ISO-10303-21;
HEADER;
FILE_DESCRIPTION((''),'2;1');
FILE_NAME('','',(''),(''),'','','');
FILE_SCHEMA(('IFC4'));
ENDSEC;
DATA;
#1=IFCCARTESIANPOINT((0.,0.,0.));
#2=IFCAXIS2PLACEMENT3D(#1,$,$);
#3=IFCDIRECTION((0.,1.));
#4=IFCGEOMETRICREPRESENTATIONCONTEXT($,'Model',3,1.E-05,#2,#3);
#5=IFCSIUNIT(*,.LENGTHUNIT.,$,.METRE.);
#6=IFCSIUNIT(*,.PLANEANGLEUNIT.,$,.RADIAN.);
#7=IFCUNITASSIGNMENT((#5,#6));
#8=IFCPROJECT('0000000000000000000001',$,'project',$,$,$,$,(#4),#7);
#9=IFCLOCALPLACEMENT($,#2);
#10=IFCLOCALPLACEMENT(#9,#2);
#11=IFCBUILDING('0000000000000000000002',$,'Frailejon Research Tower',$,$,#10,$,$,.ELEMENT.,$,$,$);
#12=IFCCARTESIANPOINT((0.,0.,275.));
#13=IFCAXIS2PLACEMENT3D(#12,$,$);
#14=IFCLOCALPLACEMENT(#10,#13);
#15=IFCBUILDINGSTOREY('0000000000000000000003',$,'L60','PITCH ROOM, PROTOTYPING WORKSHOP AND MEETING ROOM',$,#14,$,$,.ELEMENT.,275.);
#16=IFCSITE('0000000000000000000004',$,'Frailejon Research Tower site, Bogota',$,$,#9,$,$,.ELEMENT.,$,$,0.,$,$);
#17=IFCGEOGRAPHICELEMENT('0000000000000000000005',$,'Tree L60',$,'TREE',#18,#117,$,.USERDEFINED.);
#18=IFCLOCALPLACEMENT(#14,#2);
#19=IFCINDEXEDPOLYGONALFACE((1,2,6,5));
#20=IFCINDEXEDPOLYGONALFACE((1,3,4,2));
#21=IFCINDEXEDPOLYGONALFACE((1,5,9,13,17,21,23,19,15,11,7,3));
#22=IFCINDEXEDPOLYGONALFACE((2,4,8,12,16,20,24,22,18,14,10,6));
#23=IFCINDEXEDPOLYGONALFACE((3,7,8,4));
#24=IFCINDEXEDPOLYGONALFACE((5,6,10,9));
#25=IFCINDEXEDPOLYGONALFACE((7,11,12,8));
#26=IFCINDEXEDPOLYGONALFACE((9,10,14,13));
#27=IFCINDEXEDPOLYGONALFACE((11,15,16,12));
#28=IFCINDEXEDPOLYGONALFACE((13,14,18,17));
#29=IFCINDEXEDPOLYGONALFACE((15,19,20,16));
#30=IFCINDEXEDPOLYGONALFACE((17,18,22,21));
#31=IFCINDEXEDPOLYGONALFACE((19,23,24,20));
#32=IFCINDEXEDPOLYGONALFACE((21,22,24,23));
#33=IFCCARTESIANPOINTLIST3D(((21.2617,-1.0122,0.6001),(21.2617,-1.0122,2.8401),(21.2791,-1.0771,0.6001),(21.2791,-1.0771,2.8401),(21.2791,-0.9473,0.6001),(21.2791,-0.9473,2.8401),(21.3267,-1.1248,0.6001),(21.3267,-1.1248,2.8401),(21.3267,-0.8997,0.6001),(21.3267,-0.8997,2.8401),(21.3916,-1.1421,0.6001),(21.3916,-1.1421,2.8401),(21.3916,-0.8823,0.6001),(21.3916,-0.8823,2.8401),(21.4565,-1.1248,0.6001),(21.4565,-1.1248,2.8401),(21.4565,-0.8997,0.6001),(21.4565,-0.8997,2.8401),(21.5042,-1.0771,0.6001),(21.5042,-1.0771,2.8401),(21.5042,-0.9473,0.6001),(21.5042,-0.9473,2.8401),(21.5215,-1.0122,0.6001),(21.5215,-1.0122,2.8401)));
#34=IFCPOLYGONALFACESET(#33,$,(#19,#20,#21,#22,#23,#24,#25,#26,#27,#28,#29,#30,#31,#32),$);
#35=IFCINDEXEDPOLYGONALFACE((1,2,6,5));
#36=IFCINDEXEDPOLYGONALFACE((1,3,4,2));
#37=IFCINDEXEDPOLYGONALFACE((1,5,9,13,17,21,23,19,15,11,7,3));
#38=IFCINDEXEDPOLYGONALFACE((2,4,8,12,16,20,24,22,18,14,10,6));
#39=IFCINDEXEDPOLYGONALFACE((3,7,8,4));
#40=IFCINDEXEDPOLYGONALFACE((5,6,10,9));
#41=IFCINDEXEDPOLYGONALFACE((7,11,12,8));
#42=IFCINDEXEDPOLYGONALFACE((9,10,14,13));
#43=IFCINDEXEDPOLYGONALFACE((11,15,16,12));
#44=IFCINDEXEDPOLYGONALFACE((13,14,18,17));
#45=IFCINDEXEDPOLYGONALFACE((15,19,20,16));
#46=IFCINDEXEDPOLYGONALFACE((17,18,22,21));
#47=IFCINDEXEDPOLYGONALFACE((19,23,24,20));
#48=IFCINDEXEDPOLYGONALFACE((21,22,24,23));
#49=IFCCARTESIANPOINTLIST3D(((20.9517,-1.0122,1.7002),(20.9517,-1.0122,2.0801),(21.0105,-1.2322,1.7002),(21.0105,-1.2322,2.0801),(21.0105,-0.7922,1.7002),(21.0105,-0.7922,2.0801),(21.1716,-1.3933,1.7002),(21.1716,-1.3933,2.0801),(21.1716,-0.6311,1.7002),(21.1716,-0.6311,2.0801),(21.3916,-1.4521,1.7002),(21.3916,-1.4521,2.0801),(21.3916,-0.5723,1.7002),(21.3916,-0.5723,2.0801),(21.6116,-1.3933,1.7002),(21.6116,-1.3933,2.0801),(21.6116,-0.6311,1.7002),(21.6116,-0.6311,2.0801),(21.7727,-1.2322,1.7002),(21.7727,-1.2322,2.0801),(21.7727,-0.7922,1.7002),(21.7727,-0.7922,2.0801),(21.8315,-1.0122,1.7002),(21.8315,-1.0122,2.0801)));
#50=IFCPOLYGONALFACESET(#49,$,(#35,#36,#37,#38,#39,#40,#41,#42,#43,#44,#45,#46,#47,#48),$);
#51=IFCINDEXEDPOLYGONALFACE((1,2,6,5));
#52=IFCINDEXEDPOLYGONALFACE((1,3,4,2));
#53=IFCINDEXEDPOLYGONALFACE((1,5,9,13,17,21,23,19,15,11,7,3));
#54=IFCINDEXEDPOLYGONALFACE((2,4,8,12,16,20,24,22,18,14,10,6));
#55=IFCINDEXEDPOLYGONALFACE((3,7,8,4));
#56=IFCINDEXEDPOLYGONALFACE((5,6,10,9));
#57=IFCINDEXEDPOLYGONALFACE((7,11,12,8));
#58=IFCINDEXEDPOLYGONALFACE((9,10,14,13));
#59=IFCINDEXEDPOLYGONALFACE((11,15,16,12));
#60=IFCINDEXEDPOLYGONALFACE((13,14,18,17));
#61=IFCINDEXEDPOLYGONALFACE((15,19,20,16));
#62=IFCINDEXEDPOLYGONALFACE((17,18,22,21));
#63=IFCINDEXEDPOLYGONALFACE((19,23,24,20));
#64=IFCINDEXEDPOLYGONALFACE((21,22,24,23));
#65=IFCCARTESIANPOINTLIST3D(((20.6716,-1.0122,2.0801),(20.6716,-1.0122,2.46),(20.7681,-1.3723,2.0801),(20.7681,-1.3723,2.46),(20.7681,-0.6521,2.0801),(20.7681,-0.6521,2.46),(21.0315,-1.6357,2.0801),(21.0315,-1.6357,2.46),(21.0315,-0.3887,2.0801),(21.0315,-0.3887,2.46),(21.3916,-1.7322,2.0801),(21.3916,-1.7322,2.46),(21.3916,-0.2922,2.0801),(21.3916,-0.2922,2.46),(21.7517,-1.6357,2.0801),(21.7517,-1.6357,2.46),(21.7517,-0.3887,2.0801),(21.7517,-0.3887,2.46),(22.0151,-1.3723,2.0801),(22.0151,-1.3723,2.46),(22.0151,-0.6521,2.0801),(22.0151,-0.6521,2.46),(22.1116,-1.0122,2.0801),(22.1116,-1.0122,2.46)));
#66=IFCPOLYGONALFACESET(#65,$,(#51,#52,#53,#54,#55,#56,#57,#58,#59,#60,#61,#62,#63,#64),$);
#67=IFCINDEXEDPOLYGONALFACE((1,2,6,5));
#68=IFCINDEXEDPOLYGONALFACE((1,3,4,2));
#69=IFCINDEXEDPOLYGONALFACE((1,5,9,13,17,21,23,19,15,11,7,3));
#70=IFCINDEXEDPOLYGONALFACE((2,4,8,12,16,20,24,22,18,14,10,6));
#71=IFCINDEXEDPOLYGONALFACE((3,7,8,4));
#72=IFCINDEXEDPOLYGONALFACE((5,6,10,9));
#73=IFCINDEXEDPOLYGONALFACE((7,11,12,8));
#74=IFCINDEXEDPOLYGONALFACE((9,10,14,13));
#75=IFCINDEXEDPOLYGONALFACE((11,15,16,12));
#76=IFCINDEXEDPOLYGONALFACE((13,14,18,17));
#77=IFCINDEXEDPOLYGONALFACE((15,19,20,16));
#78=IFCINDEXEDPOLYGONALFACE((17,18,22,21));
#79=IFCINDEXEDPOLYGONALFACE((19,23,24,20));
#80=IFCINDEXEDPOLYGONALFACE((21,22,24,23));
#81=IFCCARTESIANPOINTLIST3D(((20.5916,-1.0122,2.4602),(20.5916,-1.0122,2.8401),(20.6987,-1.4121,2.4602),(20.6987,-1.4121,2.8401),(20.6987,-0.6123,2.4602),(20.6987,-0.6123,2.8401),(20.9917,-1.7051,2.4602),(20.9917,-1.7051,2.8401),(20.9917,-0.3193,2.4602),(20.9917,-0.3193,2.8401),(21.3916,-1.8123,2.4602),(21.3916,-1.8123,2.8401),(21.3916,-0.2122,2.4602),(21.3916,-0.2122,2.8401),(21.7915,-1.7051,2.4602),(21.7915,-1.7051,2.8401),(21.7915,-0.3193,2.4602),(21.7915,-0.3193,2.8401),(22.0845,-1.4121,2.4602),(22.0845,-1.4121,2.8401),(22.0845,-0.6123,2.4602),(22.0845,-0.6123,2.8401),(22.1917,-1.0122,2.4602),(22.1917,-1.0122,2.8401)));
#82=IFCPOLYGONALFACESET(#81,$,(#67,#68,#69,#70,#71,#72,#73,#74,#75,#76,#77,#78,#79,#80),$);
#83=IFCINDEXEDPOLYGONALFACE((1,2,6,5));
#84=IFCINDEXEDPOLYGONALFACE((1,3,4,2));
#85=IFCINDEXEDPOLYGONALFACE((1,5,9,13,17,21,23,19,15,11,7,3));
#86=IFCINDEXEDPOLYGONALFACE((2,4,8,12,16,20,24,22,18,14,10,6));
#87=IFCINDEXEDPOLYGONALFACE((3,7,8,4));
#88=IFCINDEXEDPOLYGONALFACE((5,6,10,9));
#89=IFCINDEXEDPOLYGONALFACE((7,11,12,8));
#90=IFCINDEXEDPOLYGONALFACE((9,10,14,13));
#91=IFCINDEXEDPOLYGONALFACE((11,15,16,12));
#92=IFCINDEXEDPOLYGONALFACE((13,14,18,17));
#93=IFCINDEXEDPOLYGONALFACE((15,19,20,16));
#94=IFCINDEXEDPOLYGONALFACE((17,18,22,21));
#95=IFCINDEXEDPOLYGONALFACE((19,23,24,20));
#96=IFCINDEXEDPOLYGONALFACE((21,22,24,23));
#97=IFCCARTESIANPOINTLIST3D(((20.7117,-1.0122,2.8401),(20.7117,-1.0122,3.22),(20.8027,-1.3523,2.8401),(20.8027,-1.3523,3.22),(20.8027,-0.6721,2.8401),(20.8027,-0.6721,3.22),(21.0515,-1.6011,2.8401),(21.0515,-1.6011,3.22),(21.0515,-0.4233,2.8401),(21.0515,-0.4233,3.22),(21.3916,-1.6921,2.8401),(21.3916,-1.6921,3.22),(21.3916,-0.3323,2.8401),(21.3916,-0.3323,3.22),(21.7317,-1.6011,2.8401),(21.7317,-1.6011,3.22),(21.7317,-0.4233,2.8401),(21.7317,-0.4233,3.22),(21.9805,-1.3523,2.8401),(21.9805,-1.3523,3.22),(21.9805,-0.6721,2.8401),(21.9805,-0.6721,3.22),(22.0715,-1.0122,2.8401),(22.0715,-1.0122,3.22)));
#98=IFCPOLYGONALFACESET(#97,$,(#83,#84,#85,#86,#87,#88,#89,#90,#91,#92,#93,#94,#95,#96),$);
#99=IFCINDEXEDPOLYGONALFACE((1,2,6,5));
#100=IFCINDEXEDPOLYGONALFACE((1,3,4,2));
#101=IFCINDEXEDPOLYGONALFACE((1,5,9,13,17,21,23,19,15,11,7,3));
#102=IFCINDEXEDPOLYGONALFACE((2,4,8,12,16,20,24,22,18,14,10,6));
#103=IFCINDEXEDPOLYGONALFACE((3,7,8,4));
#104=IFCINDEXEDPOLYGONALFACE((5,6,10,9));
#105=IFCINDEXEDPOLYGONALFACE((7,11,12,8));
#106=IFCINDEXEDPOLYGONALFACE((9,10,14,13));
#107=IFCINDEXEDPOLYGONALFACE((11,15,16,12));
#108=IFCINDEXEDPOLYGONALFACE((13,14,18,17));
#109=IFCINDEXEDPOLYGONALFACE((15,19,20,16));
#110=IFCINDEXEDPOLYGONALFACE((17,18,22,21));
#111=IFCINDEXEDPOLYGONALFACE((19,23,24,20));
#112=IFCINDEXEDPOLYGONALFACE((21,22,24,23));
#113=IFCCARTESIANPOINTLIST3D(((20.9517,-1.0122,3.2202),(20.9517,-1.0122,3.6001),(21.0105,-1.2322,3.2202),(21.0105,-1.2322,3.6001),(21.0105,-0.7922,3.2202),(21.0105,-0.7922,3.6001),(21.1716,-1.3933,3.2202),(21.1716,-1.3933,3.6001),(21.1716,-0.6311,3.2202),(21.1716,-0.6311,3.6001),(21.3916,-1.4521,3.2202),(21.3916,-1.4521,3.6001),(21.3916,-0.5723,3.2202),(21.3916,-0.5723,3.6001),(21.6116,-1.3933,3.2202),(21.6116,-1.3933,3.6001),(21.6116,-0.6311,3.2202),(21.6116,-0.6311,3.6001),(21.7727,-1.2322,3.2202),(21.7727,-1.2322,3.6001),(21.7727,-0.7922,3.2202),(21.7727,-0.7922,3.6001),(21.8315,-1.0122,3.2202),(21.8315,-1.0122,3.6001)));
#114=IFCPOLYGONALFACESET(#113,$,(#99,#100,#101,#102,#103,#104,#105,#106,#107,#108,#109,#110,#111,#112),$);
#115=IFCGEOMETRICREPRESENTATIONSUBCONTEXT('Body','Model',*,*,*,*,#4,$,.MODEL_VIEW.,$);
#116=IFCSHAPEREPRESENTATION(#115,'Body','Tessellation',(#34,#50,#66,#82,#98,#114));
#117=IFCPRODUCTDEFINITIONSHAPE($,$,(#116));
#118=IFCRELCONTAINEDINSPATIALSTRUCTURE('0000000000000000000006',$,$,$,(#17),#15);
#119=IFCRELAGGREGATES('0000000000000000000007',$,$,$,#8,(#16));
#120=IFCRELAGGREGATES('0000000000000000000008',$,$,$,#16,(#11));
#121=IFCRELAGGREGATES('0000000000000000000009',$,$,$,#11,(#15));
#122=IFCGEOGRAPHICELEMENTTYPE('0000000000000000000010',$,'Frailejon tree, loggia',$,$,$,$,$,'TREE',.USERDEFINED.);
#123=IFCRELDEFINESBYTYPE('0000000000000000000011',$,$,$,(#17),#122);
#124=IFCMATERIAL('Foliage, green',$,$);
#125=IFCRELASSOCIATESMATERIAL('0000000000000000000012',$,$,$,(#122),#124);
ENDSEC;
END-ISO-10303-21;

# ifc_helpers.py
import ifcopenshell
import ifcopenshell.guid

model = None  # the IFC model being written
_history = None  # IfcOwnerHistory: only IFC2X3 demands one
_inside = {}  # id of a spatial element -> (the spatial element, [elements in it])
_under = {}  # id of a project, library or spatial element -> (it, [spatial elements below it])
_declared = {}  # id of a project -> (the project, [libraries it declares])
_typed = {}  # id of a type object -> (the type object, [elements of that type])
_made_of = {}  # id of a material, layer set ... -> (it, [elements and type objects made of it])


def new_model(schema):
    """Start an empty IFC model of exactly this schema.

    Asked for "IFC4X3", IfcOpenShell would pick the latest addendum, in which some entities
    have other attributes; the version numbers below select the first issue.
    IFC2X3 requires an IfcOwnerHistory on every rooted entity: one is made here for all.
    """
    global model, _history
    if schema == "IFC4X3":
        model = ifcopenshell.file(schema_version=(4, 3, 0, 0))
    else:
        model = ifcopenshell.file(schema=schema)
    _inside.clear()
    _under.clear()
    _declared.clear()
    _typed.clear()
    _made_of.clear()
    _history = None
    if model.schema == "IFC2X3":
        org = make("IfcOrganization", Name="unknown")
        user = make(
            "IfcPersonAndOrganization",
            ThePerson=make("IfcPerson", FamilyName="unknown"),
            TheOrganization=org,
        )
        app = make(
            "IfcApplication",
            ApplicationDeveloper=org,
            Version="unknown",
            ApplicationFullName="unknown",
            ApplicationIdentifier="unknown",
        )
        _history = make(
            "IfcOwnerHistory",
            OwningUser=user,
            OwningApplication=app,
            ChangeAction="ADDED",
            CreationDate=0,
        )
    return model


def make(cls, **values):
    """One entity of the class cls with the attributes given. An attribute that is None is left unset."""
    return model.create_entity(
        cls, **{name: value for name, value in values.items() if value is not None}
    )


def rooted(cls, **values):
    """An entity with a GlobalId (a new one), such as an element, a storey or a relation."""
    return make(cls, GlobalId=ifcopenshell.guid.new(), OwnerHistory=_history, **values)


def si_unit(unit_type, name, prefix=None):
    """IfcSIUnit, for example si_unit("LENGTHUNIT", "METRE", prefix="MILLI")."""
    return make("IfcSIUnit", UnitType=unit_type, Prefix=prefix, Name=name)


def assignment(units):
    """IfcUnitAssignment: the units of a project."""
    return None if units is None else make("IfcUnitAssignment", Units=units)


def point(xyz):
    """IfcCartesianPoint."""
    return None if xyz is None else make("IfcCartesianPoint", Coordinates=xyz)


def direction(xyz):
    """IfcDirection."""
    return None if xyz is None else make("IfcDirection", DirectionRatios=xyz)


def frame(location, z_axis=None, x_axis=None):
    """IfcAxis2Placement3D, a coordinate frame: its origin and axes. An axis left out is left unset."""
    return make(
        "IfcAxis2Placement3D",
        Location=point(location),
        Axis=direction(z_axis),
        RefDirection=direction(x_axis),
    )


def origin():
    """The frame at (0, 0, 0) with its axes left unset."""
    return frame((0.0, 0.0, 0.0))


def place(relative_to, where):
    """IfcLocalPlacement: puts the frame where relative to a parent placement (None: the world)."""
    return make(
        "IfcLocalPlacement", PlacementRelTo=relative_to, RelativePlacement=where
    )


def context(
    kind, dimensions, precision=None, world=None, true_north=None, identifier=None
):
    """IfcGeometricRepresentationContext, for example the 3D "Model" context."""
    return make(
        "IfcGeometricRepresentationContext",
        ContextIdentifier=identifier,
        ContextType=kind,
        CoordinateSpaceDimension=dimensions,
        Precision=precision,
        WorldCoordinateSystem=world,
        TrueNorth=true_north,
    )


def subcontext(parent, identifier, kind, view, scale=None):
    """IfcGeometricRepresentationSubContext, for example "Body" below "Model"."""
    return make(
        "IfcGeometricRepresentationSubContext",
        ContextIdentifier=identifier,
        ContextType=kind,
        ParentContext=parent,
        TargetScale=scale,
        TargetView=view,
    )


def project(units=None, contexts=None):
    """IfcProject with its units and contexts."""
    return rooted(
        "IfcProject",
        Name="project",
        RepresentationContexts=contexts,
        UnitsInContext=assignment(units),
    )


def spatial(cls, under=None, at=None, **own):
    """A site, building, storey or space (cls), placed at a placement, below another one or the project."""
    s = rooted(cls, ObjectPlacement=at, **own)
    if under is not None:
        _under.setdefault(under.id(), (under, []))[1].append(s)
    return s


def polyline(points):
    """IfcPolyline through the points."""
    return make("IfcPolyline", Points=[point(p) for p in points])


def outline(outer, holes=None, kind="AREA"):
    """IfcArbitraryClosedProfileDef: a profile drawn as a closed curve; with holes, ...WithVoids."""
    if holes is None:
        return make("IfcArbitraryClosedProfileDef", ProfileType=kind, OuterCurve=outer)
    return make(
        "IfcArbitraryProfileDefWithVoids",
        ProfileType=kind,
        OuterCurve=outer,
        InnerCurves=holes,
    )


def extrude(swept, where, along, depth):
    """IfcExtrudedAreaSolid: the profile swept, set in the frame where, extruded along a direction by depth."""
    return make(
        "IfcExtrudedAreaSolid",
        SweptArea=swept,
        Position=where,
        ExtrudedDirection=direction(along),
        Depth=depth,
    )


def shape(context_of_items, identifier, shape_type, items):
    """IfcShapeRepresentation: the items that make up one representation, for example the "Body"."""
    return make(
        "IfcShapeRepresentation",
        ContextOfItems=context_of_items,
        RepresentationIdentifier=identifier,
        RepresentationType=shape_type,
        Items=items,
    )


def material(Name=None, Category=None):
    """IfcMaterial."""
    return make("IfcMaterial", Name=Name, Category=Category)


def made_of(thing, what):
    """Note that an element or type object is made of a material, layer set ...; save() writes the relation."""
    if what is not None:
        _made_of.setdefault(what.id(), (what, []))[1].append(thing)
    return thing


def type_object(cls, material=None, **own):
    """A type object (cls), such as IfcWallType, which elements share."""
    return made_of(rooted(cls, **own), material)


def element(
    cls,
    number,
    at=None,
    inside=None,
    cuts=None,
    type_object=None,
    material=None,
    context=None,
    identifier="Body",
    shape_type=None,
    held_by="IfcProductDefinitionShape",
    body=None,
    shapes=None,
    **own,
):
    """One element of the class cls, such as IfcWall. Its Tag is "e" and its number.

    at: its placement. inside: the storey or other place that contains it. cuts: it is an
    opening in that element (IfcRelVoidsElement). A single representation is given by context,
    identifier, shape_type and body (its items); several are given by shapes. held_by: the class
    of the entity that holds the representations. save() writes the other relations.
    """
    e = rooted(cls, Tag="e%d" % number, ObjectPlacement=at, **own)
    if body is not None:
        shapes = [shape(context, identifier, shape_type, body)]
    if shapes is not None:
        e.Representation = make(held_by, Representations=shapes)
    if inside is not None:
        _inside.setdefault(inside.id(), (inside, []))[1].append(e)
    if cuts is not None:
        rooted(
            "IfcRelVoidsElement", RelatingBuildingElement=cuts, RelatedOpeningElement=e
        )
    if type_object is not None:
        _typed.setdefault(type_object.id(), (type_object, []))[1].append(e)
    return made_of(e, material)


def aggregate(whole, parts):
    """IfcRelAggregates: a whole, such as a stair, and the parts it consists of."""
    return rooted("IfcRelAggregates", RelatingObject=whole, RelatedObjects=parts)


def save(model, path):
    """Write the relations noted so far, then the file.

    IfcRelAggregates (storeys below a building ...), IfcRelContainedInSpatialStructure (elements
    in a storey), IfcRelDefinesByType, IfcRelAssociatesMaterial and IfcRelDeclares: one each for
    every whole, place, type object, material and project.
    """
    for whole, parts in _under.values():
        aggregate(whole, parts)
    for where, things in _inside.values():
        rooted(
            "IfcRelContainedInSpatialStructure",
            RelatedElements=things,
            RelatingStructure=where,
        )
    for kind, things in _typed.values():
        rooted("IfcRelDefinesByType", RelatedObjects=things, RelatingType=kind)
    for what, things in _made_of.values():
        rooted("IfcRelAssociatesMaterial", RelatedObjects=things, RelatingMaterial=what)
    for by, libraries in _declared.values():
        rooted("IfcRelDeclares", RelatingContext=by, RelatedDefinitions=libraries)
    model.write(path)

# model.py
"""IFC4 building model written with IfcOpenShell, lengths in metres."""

from ifc_helpers import new_model, si_unit, direction, frame, origin, place, context, subcontext, project, spatial, polyline, outline, extrude, material, type_object, element, save


model = new_model("IFC4")

# Units and contexts
model_context = context("Model", 3, precision=1e-05, world=origin(), true_north=direction((0.0, 1.0)))
body_context = subcontext(model_context, "Body", "Model", "MODEL_VIEW")
ifc_project = project(units=[si_unit("LENGTHUNIT", "METRE"), si_unit("PLANEANGLEUNIT", "RADIAN")], contexts=[model_context])

# Site, building, storey
site_placement = place(None, origin())
site = spatial("IfcSite", under=ifc_project, at=site_placement, Name="Frailejon Research Tower site, Bogota", CompositionType="ELEMENT", RefElevation=0.0)
building_placement = place(site_placement, origin())
building = spatial("IfcBuilding", under=site, at=building_placement, Name="Frailejon Research Tower", CompositionType="ELEMENT")
storey_placement = place(building_placement, frame((0.0, 0.0, 275.0)))
storey = spatial("IfcBuildingStorey", under=building, at=storey_placement, Name="L60", Description="PITCH ROOM, PROTOTYPING WORKSHOP AND MEETING ROOM", CompositionType="ELEMENT", Elevation=275.0)

# Geographic element
ifc_material_1 = material(Name="Foliage, green")
geographic_element_type = type_object("IfcGeographicElementType", Name="Frailejon tree, loggia", ElementType="TREE", PredefinedType="USERDEFINED", material=ifc_material_1)
geographic_element_placement = place(storey_placement, frame((21.3916, -1.0122, 0.6001)))
element("IfcGeographicElement", 1, at=geographic_element_placement, inside=storey, type_object=geographic_element_type, Name="Tree L60", ObjectType="TREE", PredefinedType="USERDEFINED", context=body_context, shape_type="SweptSolid", body=[
    extrude(outline(polyline([(0.1299, 0.0), (0.1125, 0.0649), (0.0649, 0.1125), (0.0, 0.1299), (-0.0649, 0.1125), (-0.1125, 0.0649), (-0.1299, 0.0), (-0.1125, -0.0649), (-0.0649, -0.1125), (0.0, -0.1299), (0.0649, -0.1125), (0.1125, -0.0649), (0.1299, 0.0)])), origin(), (0.0, 0.0, 1.0), 2.24),
    extrude(outline(polyline([(0.4399, 0.0), (0.3811, 0.22), (0.22, 0.3811), (0.0, 0.4399), (-0.22, 0.3811), (-0.3811, 0.22), (-0.4399, 0.0), (-0.3811, -0.22), (-0.22, -0.3811), (0.0, -0.4399), (0.22, -0.3811), (0.3811, -0.22), (0.4399, 0.0)])), frame((0.0, 0.0, 1.1001)), (0.0, 0.0, 1.0), 0.3799),
    extrude(outline(polyline([(0.72, 0.0), (0.6235, 0.3601), (0.3601, 0.6235), (0.0, 0.72), (-0.3601, 0.6235), (-0.6235, 0.3601), (-0.72, 0.0), (-0.6235, -0.3601), (-0.3601, -0.6235), (0.0, -0.72), (0.3601, -0.6235), (0.6235, -0.3601), (0.72, 0.0)])), frame((0.0, 0.0, 1.48)), (0.0, 0.0, 1.0), 0.3799),
    extrude(outline(polyline([(0.8, 0.0), (0.6929, 0.3999), (0.3999, 0.6929), (0.0, 0.8), (-0.3999, 0.6929), (-0.6929, 0.3999), (-0.8, 0.0), (-0.6929, -0.3999), (-0.3999, -0.6929), (0.0, -0.8), (0.3999, -0.6929), (0.6929, -0.3999), (0.8, 0.0)])), frame((0.0, 0.0, 1.8601)), (0.0, 0.0, 1.0), 0.3799),
    extrude(outline(polyline([(0.6799, 0.0), (0.5889, 0.3401), (0.3401, 0.5889), (0.0, 0.6799), (-0.3401, 0.5889), (-0.5889, 0.3401), (-0.6799, 0.0), (-0.5889, -0.3401), (-0.3401, -0.5889), (0.0, -0.6799), (0.3401, -0.5889), (0.5889, -0.3401), (0.6799, 0.0)])), frame((0.0, 0.0, 2.24)), (0.0, 0.0, 1.0), 0.3799),
    extrude(outline(polyline([(0.4399, 0.0), (0.3811, 0.22), (0.22, 0.3811), (0.0, 0.4399), (-0.22, 0.3811), (-0.3811, 0.22), (-0.4399, 0.0), (-0.3811, -0.22), (-0.22, -0.3811), (0.0, -0.4399), (0.22, -0.3811), (0.3811, -0.22), (0.4399, 0.0)])), frame((0.0, 0.0, 2.6201)), (0.0, 0.0, 1.0), 0.3799),
])

save(model, "model.ifc")
